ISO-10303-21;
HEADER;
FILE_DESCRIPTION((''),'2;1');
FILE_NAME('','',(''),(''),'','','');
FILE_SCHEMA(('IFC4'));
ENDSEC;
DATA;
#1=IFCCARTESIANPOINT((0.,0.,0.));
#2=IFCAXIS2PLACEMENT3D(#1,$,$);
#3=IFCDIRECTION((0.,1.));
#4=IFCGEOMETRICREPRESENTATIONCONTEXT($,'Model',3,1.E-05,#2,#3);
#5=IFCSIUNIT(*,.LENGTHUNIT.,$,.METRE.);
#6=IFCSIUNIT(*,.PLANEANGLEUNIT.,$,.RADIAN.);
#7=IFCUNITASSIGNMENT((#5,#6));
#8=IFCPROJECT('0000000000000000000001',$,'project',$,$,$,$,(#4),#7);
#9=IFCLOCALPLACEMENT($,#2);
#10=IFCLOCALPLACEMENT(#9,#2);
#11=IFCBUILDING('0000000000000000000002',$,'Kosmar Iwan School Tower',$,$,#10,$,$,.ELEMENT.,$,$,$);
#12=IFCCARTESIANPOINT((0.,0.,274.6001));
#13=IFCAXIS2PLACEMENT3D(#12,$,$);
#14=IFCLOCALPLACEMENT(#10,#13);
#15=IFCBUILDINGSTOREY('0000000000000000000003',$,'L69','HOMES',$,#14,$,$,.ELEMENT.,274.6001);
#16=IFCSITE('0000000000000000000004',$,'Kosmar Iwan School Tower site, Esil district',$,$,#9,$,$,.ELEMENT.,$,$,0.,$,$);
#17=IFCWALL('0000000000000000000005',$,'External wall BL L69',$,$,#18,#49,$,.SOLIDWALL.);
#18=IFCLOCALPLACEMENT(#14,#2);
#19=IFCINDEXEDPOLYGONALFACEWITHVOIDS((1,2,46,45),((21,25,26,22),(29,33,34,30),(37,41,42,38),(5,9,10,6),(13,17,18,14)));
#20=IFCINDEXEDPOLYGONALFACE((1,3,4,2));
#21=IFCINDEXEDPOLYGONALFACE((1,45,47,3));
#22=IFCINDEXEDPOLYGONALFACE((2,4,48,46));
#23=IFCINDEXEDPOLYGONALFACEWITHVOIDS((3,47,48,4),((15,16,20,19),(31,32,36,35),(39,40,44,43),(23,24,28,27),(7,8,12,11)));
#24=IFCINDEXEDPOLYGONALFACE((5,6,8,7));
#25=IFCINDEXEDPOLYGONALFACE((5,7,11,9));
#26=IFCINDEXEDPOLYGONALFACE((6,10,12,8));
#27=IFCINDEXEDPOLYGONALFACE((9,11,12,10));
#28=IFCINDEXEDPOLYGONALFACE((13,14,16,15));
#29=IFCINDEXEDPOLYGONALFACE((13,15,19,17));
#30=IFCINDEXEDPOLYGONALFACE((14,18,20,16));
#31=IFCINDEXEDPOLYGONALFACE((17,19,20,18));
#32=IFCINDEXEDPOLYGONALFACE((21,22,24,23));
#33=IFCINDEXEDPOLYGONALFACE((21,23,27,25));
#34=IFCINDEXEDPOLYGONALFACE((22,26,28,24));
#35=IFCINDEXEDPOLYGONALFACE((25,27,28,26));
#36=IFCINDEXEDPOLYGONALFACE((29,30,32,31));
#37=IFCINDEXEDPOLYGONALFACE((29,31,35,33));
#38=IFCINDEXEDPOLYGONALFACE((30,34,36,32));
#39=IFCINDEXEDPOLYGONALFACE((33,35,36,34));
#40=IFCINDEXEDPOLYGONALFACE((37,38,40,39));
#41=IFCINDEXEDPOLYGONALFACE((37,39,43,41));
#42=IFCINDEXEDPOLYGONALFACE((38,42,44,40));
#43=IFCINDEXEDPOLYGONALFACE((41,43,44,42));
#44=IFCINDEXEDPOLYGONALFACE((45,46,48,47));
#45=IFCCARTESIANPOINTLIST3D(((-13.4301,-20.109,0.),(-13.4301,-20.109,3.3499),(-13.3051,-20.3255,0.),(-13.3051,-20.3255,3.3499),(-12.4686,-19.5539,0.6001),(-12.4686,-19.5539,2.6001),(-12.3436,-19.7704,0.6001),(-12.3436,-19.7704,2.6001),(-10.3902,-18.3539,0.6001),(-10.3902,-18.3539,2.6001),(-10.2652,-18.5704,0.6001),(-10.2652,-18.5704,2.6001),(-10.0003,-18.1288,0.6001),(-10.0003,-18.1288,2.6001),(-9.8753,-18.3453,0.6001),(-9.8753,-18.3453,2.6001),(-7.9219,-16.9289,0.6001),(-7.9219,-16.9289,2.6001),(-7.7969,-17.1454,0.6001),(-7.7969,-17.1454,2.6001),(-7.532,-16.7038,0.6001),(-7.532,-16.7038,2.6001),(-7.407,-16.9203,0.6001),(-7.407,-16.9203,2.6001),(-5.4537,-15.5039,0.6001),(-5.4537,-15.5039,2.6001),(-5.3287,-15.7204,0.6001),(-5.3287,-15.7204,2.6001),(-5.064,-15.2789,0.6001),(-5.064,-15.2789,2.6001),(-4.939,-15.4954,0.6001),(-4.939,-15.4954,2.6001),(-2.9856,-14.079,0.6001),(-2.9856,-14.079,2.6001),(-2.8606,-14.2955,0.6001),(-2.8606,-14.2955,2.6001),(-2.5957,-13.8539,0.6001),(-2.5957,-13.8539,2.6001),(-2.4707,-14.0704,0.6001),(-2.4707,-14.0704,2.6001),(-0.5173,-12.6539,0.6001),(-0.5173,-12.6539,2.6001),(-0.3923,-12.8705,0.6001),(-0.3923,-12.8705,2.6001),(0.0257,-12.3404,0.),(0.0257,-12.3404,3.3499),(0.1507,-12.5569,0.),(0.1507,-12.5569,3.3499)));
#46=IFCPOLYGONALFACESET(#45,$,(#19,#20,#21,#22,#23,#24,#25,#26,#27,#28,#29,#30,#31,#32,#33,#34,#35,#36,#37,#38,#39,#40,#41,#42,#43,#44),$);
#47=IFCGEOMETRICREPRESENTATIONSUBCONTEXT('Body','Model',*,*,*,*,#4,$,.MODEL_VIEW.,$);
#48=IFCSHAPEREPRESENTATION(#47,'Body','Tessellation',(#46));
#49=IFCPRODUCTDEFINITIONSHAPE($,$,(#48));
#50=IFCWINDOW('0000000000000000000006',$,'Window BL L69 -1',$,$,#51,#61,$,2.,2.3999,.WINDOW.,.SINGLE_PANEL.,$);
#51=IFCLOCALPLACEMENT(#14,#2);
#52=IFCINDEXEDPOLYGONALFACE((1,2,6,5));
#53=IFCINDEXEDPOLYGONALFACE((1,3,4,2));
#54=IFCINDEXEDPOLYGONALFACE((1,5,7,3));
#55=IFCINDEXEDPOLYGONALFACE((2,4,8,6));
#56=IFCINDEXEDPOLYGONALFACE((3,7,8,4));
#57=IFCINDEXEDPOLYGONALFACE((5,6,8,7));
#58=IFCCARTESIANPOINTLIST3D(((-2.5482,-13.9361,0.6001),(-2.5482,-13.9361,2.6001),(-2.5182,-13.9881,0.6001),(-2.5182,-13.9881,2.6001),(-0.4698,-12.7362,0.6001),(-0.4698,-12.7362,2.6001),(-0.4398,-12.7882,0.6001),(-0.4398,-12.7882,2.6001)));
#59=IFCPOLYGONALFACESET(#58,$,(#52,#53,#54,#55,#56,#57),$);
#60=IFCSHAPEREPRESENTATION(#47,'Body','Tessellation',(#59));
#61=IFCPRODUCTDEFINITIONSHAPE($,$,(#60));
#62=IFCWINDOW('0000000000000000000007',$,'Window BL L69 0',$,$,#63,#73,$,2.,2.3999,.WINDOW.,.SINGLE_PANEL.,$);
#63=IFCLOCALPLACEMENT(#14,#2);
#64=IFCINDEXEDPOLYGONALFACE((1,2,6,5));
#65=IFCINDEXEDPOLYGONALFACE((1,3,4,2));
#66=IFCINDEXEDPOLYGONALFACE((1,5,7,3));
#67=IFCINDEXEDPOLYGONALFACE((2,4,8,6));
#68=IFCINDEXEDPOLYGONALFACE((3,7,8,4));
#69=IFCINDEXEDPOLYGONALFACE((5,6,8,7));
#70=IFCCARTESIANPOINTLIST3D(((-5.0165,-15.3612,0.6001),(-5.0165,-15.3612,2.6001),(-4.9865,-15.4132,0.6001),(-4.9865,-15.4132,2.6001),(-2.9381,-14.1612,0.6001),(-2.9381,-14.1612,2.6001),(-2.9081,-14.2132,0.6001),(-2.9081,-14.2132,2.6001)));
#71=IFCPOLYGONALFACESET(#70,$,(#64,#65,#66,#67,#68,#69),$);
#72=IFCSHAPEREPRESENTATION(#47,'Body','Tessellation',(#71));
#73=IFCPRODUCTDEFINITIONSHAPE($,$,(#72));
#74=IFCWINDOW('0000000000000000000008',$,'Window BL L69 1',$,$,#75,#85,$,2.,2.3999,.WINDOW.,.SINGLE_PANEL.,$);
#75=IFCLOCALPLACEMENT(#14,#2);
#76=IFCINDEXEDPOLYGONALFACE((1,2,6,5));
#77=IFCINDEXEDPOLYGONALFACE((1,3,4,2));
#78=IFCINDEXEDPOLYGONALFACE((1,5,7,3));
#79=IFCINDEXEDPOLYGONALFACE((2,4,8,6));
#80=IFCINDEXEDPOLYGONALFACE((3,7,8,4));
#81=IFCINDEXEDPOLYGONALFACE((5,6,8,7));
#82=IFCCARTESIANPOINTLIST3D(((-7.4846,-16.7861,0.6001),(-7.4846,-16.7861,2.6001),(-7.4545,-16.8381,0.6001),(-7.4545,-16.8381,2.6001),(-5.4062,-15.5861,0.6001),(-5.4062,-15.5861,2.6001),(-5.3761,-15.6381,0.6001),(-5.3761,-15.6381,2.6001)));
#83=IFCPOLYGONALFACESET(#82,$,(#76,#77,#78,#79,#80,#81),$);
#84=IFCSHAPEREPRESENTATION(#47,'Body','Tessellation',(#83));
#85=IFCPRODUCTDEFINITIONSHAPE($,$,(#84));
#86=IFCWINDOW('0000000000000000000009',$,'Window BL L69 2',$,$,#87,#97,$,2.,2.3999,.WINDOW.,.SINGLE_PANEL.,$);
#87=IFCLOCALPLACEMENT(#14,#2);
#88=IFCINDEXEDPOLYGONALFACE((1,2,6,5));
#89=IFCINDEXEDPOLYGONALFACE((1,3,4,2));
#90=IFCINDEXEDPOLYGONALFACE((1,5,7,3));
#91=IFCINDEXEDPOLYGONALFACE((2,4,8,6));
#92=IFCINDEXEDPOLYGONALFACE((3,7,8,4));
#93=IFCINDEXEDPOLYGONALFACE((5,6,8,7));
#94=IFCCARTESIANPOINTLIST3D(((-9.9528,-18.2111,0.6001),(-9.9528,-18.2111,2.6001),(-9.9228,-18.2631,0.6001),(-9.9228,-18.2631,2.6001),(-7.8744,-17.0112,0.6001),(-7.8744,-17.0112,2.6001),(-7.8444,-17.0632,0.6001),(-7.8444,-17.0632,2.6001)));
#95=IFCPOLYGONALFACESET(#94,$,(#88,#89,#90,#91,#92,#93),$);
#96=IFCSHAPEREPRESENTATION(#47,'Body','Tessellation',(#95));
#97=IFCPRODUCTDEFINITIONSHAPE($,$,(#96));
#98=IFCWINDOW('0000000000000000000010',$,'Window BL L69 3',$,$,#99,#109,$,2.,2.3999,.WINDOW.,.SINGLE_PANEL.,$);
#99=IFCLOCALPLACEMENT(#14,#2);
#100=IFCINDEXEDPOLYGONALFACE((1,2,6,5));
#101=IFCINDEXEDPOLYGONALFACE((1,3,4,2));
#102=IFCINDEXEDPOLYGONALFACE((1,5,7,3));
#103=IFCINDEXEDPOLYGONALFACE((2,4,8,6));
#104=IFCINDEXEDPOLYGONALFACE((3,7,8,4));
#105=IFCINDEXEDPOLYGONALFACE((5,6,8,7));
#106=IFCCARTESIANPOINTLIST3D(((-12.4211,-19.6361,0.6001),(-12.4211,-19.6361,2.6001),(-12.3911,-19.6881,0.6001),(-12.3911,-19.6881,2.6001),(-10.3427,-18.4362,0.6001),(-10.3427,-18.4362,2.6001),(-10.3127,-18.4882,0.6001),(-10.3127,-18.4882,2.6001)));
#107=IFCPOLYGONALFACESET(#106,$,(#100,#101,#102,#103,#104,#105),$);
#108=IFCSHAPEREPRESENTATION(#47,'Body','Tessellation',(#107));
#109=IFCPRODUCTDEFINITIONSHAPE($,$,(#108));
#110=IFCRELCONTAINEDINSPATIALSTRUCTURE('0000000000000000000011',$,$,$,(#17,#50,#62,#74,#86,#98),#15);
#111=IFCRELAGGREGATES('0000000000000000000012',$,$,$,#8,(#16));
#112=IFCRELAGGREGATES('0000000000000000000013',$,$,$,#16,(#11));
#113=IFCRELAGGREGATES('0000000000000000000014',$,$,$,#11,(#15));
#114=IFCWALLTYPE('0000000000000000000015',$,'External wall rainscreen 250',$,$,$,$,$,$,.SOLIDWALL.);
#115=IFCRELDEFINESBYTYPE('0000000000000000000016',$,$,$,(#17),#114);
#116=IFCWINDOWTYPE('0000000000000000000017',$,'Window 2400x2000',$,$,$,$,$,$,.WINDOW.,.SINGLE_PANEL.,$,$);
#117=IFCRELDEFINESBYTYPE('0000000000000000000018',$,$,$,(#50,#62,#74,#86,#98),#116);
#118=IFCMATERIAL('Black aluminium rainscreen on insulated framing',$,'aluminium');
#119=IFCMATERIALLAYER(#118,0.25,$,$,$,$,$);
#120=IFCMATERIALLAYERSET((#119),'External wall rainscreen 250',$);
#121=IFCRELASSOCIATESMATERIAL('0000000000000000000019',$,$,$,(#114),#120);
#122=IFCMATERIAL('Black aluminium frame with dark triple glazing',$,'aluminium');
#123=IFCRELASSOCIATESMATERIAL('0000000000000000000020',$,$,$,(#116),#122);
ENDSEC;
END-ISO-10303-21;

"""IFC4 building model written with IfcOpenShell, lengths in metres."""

from ifc_helpers import new_model, si_unit, direction, frame, frame_2d, origin, place, context, subcontext, project, spatial, rectangle, extrude, material, layer, layer_set, type_object, element, fill, save


model = new_model("IFC4")

# Units and contexts
model_context = context("Model", 3, precision=1e-05, world=origin(), true_north=direction((0.0, 1.0)))
body_context = subcontext(model_context, "Body", "Model", "MODEL_VIEW")
ifc_project = project(units=[si_unit("LENGTHUNIT", "METRE"), si_unit("PLANEANGLEUNIT", "RADIAN")], contexts=[model_context])

# Site, building, storey
site_placement = place(None, origin())
site = spatial("IfcSite", under=ifc_project, at=site_placement, Name="Kosmar Iwan School Tower site, Esil district", CompositionType="ELEMENT", RefElevation=0.0)
building_placement = place(site_placement, origin())
building = spatial("IfcBuilding", under=site, at=building_placement, Name="Kosmar Iwan School Tower", CompositionType="ELEMENT")
storey_placement = place(building_placement, frame((0.0, 0.0, 274.6001)))
storey = spatial("IfcBuildingStorey", under=building, at=storey_placement, Name="L69", Description="HOMES", CompositionType="ELEMENT", Elevation=274.6001)

# Wall, openings, windows
ifc_material_1 = material(Name="Black aluminium rainscreen on insulated framing", Category="aluminium")
ifc_layer_1 = layer(ifc_material_1, 0.25)
ifc_layer_set_1 = layer_set([ifc_layer_1], Name="External wall rainscreen 250")
wall_type_1 = type_object("IfcWallType", Name="External wall rainscreen 250", PredefinedType="SOLIDWALL", material=ifc_layer_set_1)
wall_1_placement = place(storey_placement, frame((0.0881, -12.4487, 0.0), z_axis=(0.0, 0.0, 1.0), x_axis=(-0.86603, -0.499992, 0.0)))
wall_1 = element("IfcWall", 1, at=wall_1_placement, inside=storey, type_object=wall_type_1, Name="External wall BL L69", PredefinedType="SOLIDWALL", context=body_context, shape_type="SweptSolid", body=[
    extrude(rectangle(XDim=15.5374, YDim=0.25, at=frame_2d((7.7686, 0.0))), origin(), (0.0, 0.0, 1.0), 3.3499),
])
opening_1_placement = place(wall_1_placement, frame((0.627, 0.0, 0.6001)))
opening_1 = element("IfcOpeningElement", 2, at=opening_1_placement, cuts=wall_1, PredefinedType="OPENING", context=body_context, shape_type="SweptSolid", body=[
    extrude(rectangle(XDim=2.3999, YDim=2.0, at=frame_2d((1.2, 1.0))), frame((0.0, 0.137, 0.0), z_axis=(0.0, -1.0, 0.0), x_axis=(1.0, 0.0, 0.0)), (0.0, 0.0, 1.0), 0.2739),
])
opening_2_placement = place(wall_1_placement, frame((3.4771, 0.0, 0.6001)))
opening_2 = element("IfcOpeningElement", 3, at=opening_2_placement, cuts=wall_1, PredefinedType="OPENING", context=body_context, shape_type="SweptSolid", body=[
    extrude(rectangle(XDim=2.3999, YDim=2.0, at=frame_2d((1.2, 1.0))), frame((0.0, 0.137, 0.0), z_axis=(0.0, -1.0, 0.0), x_axis=(1.0, 0.0, 0.0)), (0.0, 0.0, 1.0), 0.2739),
])
opening_3_placement = place(wall_1_placement, frame((6.3269, 0.0, 0.6001)))
opening_3 = element("IfcOpeningElement", 4, at=opening_3_placement, cuts=wall_1, PredefinedType="OPENING", context=body_context, shape_type="SweptSolid", body=[
    extrude(rectangle(XDim=2.3999, YDim=2.0, at=frame_2d((1.2, 1.0))), frame((0.0, 0.137, 0.0), z_axis=(0.0, -1.0, 0.0), x_axis=(1.0, 0.0, 0.0)), (0.0, 0.0, 1.0), 0.2739),
])
opening_4_placement = place(wall_1_placement, frame((9.177, 0.0, 0.6001)))
opening_4 = element("IfcOpeningElement", 5, at=opening_4_placement, cuts=wall_1, PredefinedType="OPENING", context=body_context, shape_type="SweptSolid", body=[
    extrude(rectangle(XDim=2.3999, YDim=2.0, at=frame_2d((1.2, 1.0))), frame((0.0, 0.137, 0.0), z_axis=(0.0, -1.0, 0.0), x_axis=(1.0, 0.0, 0.0)), (0.0, 0.0, 1.0), 0.2739),
])
opening_5_placement = place(wall_1_placement, frame((12.0271, 0.0, 0.6001)))
opening_5 = element("IfcOpeningElement", 6, at=opening_5_placement, cuts=wall_1, PredefinedType="OPENING", context=body_context, shape_type="SweptSolid", body=[
    extrude(rectangle(XDim=2.3999, YDim=2.0, at=frame_2d((1.2, 1.0))), frame((0.0, 0.137, 0.0), z_axis=(0.0, -1.0, 0.0), x_axis=(1.0, 0.0, 0.0)), (0.0, 0.0, 1.0), 0.2739),
])
ifc_material_2 = material(Name="Black aluminium frame with dark triple glazing", Category="aluminium")
window_type = type_object("IfcWindowType", Name="Window 2400x2000", PartitioningType="SINGLE_PANEL", PredefinedType="WINDOW", material=ifc_material_2)
window_1_placement = place(opening_1_placement, origin())
window_1 = element("IfcWindow", 7, at=window_1_placement, inside=storey, type_object=window_type, Name="Window BL L69 -1", OverallHeight=2.0, OverallWidth=2.3999, PartitioningType="SINGLE_PANEL", PredefinedType="WINDOW", context=body_context, shape_type="SweptSolid", body=[
    extrude(rectangle(XDim=2.3999, YDim=2.0, at=frame_2d((1.2, 1.0))), frame((0.0, 0.03, 0.0), z_axis=(0.0, -1.0, 0.0), x_axis=(1.0, 0.0, 0.0)), (0.0, 0.0, 1.0), 0.0601),
])
fill(opening_1, window_1)
window_2_placement = place(opening_2_placement, origin())
window_2 = element("IfcWindow", 8, at=window_2_placement, inside=storey, type_object=window_type, Name="Window BL L69 0", OverallHeight=2.0, OverallWidth=2.3999, PartitioningType="SINGLE_PANEL", PredefinedType="WINDOW", context=body_context, shape_type="SweptSolid", body=[
    extrude(rectangle(XDim=2.3999, YDim=2.0, at=frame_2d((1.2, 1.0))), frame((0.0, 0.03, 0.0), z_axis=(0.0, -1.0, 0.0), x_axis=(1.0, 0.0, 0.0)), (0.0, 0.0, 1.0), 0.0601),
])
fill(opening_2, window_2)
window_3_placement = place(opening_3_placement, origin())
window_3 = element("IfcWindow", 9, at=window_3_placement, inside=storey, type_object=window_type, Name="Window BL L69 1", OverallHeight=2.0, OverallWidth=2.3999, PartitioningType="SINGLE_PANEL", PredefinedType="WINDOW", context=body_context, shape_type="SweptSolid", body=[
    extrude(rectangle(XDim=2.3999, YDim=2.0, at=frame_2d((1.2, 1.0))), frame((0.0, 0.03, 0.0), z_axis=(0.0, -1.0, 0.0), x_axis=(1.0, 0.0, 0.0)), (0.0, 0.0, 1.0), 0.0601),
])
fill(opening_3, window_3)
window_4_placement = place(opening_4_placement, origin())
window_4 = element("IfcWindow", 10, at=window_4_placement, inside=storey, type_object=window_type, Name="Window BL L69 2", OverallHeight=2.0, OverallWidth=2.3999, PartitioningType="SINGLE_PANEL", PredefinedType="WINDOW", context=body_context, shape_type="SweptSolid", body=[
    extrude(rectangle(XDim=2.3999, YDim=2.0, at=frame_2d((1.2, 1.0))), frame((0.0, 0.03, 0.0), z_axis=(0.0, -1.0, 0.0), x_axis=(1.0, 0.0, 0.0)), (0.0, 0.0, 1.0), 0.0601),
])
fill(opening_4, window_4)
window_5_placement = place(opening_5_placement, origin())
window_5 = element("IfcWindow", 11, at=window_5_placement, inside=storey, type_object=window_type, Name="Window BL L69 3", OverallHeight=2.0, OverallWidth=2.3999, PartitioningType="SINGLE_PANEL", PredefinedType="WINDOW", context=body_context, shape_type="SweptSolid", body=[
    extrude(rectangle(XDim=2.3999, YDim=2.0, at=frame_2d((1.2, 1.0))), frame((0.0, 0.03, 0.0), z_axis=(0.0, -1.0, 0.0), x_axis=(1.0, 0.0, 0.0)), (0.0, 0.0, 1.0), 0.0601),
])
fill(opening_5, window_5)

save(model, "model.ifc")
